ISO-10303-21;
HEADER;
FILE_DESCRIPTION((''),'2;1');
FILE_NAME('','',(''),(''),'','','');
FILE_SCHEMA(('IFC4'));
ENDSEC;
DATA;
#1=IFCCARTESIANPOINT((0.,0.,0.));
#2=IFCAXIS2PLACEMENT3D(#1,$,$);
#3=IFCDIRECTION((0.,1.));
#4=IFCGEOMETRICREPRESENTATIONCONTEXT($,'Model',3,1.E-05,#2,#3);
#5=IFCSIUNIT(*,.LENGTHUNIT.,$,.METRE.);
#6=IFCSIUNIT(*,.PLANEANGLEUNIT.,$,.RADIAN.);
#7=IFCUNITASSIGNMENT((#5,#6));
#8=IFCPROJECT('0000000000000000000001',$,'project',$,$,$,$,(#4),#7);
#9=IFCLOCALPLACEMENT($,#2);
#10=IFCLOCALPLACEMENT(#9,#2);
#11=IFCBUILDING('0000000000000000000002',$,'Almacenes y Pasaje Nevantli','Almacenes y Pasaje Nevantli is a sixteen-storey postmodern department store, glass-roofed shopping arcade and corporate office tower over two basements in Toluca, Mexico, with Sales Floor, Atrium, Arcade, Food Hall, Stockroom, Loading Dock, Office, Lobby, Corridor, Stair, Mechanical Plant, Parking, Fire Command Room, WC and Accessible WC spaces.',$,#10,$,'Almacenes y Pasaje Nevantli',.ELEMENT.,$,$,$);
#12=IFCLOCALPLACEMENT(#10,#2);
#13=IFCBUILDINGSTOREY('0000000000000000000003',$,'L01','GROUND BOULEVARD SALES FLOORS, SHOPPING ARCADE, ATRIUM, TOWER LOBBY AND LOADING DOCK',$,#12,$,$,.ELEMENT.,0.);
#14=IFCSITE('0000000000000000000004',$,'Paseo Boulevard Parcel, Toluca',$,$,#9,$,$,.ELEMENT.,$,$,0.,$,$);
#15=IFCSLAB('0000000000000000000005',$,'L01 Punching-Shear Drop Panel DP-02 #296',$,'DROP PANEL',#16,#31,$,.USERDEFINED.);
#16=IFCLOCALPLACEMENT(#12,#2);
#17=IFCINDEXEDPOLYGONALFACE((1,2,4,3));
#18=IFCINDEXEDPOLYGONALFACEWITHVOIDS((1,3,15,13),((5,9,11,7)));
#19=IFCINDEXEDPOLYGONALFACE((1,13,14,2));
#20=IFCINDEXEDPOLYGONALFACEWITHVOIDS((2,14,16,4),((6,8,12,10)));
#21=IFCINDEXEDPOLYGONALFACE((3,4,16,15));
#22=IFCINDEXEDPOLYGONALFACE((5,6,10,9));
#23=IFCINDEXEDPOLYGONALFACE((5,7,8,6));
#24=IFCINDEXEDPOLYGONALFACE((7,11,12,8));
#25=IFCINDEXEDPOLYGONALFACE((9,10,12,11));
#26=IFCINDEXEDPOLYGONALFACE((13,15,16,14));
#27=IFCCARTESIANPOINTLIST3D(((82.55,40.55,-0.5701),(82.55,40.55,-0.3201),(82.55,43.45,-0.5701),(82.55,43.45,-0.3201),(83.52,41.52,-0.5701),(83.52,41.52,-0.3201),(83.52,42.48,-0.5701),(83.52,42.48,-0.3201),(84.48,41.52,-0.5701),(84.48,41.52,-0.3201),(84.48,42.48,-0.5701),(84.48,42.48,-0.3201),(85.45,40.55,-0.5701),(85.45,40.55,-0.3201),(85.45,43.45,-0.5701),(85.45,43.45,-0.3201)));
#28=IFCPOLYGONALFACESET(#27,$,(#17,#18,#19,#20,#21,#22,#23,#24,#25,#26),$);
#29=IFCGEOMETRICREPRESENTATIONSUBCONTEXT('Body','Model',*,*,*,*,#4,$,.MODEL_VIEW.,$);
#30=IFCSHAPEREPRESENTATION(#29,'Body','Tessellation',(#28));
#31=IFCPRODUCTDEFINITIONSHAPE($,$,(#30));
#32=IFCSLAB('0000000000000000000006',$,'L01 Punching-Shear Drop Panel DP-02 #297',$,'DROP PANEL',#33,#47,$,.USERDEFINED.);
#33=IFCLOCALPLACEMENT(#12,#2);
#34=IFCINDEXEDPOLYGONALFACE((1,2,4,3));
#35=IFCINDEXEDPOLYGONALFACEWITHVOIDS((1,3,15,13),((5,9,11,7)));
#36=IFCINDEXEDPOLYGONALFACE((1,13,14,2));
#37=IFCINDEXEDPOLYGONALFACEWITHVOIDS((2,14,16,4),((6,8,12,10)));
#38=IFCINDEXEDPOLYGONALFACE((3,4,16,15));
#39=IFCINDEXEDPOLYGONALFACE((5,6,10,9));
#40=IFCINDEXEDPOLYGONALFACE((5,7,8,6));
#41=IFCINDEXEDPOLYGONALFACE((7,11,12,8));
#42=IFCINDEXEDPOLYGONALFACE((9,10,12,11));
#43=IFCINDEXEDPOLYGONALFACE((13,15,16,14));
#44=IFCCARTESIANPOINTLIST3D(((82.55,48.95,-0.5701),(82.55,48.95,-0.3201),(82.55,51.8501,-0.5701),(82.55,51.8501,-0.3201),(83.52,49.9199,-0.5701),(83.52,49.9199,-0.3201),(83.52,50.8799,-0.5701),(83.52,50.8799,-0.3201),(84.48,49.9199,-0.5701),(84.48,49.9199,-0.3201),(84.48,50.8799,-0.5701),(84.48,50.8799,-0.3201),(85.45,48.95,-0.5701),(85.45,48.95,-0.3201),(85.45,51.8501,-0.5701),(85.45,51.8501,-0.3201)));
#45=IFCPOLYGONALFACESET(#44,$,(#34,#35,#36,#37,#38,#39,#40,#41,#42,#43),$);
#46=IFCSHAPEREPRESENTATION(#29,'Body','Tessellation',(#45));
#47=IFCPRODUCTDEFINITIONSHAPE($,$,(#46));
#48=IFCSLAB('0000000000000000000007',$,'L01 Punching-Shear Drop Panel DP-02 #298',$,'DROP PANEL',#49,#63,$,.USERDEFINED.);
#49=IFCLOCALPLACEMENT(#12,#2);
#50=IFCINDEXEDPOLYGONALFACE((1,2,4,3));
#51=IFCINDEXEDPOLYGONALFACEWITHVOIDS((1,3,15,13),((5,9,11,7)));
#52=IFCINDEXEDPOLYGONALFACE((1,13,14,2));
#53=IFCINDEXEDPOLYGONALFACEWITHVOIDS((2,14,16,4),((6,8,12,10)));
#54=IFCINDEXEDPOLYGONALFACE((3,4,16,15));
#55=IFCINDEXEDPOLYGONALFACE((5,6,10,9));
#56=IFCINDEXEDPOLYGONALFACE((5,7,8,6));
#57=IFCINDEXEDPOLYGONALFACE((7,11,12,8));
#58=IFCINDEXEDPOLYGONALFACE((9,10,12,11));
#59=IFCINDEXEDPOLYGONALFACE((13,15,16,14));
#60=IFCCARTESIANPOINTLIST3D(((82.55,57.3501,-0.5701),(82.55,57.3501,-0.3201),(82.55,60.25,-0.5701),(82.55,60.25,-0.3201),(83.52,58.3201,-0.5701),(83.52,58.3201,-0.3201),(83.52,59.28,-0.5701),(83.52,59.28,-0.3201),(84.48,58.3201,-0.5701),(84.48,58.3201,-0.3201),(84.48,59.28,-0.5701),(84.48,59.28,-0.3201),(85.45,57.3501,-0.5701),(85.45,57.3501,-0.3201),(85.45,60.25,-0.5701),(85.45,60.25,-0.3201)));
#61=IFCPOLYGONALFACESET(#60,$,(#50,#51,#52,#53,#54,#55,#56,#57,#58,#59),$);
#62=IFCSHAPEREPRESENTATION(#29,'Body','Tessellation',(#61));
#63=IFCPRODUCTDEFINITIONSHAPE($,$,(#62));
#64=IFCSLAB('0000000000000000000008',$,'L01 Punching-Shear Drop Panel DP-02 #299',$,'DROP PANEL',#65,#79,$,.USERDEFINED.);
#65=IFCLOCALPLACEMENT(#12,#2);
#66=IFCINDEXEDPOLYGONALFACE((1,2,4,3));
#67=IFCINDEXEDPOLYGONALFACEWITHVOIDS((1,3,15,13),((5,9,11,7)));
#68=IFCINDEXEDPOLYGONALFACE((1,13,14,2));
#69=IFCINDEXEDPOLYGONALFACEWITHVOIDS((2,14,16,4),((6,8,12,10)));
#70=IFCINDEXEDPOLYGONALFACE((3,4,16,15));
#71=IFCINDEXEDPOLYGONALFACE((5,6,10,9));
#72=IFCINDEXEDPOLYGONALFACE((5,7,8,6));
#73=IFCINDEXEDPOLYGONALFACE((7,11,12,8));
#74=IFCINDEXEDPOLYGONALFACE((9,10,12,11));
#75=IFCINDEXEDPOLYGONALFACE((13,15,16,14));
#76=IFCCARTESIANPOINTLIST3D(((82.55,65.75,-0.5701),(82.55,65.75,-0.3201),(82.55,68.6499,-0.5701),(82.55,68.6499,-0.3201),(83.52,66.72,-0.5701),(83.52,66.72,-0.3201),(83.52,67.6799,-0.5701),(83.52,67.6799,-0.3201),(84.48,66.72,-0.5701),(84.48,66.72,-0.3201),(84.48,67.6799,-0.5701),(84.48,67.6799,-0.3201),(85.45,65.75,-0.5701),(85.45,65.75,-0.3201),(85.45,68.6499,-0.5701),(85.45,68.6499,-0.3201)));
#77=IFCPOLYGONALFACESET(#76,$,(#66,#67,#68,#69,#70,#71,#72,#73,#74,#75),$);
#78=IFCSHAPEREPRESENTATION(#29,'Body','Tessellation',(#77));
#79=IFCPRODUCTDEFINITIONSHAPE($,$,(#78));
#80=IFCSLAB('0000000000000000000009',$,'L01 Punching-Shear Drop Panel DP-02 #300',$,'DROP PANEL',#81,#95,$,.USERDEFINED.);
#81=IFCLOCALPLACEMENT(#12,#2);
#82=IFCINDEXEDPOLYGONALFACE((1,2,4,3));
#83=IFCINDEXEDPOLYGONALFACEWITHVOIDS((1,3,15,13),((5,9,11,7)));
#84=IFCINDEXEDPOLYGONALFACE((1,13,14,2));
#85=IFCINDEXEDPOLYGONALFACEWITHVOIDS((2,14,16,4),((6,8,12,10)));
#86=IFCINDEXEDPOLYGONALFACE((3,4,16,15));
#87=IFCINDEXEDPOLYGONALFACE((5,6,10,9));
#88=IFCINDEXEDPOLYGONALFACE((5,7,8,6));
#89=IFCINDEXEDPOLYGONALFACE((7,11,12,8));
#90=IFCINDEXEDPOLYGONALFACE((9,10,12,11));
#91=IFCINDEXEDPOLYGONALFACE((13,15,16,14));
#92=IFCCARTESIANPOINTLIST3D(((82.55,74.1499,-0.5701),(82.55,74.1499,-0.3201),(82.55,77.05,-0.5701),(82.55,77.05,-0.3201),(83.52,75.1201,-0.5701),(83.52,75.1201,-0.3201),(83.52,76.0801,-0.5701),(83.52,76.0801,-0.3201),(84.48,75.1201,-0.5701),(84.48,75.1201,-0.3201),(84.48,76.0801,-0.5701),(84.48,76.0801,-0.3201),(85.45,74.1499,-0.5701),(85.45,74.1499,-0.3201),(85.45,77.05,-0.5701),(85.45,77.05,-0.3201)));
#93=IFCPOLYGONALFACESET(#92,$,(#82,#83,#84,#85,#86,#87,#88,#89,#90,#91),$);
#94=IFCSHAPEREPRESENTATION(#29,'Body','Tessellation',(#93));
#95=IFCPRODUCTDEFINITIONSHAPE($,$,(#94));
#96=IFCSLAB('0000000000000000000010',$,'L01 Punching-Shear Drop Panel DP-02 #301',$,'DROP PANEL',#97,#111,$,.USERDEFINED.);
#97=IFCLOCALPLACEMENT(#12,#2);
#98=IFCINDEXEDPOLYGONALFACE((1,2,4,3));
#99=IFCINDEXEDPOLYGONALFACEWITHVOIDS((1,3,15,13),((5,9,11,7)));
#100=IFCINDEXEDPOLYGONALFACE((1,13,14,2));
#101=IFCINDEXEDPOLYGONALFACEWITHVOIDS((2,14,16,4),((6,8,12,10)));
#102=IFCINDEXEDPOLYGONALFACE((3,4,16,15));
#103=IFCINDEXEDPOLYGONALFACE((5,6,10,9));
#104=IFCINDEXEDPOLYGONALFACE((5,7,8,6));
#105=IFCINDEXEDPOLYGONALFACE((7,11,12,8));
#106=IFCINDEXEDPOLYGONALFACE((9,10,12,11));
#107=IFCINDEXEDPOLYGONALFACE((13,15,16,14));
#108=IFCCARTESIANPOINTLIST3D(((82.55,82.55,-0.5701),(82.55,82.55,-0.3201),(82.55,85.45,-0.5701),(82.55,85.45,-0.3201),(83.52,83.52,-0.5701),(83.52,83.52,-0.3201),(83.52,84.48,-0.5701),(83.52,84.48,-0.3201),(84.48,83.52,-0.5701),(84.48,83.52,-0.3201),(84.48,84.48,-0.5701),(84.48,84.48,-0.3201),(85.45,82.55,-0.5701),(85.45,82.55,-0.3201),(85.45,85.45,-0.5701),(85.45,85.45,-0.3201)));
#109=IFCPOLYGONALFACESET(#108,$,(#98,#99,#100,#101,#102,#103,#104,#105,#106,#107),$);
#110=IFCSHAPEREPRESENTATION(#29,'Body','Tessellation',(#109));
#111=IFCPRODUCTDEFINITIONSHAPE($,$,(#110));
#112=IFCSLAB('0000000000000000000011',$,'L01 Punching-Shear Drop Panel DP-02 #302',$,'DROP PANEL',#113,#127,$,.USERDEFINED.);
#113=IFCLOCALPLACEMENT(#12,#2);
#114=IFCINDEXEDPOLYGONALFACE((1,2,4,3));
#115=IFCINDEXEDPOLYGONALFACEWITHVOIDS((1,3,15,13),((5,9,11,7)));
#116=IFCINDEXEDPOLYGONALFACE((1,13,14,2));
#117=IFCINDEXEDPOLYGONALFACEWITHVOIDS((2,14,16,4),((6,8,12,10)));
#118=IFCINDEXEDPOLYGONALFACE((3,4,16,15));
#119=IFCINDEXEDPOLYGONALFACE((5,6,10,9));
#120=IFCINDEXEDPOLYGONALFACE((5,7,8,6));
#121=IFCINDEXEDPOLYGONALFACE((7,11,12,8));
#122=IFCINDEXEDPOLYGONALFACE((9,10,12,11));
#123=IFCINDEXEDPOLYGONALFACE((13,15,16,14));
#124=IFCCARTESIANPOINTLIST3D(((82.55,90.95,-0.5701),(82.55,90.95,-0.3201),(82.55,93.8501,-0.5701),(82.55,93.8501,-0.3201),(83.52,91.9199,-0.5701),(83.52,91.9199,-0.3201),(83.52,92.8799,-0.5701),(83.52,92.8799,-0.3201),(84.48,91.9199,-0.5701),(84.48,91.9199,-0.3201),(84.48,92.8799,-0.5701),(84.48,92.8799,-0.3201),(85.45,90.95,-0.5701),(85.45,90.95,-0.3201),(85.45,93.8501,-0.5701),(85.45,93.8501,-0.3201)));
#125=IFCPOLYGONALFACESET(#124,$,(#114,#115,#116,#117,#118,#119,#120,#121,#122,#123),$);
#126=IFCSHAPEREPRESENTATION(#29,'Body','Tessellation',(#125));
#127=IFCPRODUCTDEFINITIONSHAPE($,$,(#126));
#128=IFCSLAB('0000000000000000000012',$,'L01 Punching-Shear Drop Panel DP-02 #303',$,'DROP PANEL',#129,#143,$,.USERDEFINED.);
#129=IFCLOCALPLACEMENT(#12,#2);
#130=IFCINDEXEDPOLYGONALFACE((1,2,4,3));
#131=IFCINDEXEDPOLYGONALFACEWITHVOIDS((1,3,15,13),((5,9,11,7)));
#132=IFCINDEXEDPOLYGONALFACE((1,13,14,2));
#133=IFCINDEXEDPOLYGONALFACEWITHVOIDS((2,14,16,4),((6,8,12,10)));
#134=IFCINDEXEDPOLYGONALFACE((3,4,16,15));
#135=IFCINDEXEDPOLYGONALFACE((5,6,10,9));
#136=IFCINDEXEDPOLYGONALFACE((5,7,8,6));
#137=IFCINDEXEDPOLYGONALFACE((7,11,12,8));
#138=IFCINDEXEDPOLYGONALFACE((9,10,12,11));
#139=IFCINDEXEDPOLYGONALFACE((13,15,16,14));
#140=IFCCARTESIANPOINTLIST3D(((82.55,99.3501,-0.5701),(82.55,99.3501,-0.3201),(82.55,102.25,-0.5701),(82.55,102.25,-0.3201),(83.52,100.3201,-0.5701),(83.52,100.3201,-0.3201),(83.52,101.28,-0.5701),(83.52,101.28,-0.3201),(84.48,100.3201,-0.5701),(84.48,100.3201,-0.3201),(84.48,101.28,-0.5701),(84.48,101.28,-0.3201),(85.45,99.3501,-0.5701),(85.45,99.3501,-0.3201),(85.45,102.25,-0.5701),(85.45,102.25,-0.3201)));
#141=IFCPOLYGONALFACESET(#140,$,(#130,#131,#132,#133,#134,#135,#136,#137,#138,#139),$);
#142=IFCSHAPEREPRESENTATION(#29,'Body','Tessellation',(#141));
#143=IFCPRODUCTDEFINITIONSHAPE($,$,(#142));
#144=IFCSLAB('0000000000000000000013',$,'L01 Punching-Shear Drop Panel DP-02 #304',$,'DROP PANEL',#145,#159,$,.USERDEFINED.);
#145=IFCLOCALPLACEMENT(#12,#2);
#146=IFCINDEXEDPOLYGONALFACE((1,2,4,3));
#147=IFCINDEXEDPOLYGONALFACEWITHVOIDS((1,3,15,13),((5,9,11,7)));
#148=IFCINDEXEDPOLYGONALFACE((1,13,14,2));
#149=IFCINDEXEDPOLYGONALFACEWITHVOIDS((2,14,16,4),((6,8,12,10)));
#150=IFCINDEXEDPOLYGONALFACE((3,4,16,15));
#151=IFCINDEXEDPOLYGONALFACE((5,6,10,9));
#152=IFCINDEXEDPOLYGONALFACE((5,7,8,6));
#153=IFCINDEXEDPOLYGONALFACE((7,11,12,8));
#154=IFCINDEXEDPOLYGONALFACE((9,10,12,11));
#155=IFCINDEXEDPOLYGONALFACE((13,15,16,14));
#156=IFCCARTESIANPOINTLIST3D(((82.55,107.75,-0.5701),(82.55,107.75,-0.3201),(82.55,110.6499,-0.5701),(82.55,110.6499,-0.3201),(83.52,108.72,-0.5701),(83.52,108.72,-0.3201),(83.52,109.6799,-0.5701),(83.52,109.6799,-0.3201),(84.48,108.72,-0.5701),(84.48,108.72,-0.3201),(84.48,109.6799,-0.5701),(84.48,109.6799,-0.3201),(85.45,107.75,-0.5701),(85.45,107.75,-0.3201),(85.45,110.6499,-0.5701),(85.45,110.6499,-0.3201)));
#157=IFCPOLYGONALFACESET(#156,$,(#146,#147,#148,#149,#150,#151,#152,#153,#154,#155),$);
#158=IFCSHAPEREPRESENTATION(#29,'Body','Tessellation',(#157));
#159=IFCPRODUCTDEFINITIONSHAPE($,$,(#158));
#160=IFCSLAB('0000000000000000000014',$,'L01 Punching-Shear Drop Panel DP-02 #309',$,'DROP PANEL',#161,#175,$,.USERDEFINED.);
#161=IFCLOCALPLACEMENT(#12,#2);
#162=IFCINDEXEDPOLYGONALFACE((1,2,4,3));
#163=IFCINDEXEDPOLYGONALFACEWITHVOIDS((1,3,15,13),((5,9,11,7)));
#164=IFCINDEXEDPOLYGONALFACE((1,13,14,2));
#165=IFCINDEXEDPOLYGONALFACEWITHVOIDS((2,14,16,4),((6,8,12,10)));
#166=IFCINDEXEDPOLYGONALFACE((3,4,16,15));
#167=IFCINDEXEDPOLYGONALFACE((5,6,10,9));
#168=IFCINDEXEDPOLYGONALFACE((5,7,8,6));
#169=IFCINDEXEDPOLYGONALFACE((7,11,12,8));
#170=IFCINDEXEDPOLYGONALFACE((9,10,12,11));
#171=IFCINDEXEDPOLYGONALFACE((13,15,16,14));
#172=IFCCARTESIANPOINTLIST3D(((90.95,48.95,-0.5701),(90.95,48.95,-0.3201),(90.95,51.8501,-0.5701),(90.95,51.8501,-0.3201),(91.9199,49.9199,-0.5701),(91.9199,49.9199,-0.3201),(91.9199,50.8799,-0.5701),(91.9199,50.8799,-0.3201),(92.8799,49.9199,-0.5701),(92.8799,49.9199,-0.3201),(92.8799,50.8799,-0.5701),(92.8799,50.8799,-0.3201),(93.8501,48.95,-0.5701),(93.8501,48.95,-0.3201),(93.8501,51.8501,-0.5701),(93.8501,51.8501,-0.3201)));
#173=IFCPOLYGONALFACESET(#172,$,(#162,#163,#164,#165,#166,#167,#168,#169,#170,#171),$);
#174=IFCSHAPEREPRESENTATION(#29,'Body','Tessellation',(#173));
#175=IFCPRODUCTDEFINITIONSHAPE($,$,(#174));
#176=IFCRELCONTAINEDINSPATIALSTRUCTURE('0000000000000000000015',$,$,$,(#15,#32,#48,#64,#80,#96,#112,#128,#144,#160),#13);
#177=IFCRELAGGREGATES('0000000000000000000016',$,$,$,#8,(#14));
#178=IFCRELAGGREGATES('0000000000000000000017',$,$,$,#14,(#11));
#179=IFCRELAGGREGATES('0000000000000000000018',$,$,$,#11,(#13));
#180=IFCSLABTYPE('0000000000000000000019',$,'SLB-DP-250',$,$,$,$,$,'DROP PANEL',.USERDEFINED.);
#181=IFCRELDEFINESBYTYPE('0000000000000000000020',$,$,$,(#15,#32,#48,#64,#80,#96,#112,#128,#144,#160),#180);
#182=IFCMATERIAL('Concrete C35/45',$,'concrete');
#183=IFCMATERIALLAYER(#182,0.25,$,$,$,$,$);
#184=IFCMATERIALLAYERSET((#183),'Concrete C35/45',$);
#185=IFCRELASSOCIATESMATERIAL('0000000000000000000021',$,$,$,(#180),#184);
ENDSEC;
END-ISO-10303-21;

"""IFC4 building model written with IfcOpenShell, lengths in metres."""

from ifc_helpers import new_model, si_unit, direction, frame, origin, place, context, subcontext, project, spatial, polyline, outline, extrude, material, layer, layer_set, type_object, element, save


model = new_model("IFC4")

# Units and contexts
model_context = context("Model", 3, precision=1e-05, world=origin(), true_north=direction((0.0, 1.0)))
body_context = subcontext(model_context, "Body", "Model", "MODEL_VIEW")
ifc_project = project(units=[si_unit("LENGTHUNIT", "METRE"), si_unit("PLANEANGLEUNIT", "RADIAN")], contexts=[model_context])

# Site, building, storey
site_placement = place(None, origin())
site = spatial("IfcSite", under=ifc_project, at=site_placement, Name="Paseo Boulevard Parcel, Toluca", CompositionType="ELEMENT", RefElevation=0.0)
building_placement = place(site_placement, origin())
building = spatial("IfcBuilding", under=site, at=building_placement, Name="Almacenes y Pasaje Nevantli", Description="Almacenes y Pasaje Nevantli is a sixteen-storey postmodern department store, glass-roofed shopping arcade and corporate office tower over two basements in Toluca, Mexico, with Sales Floor, Atrium, Arcade, Food Hall, Stockroom, Loading Dock, Office, Lobby, Corridor, Stair, Mechanical Plant, Parking, Fire Command Room, WC and Accessible WC spaces.", LongName="Almacenes y Pasaje Nevantli", CompositionType="ELEMENT")
storey_placement = place(building_placement, origin())
storey = spatial("IfcBuildingStorey", under=building, at=storey_placement, Name="L01", Description="GROUND BOULEVARD SALES FLOORS, SHOPPING ARCADE, ATRIUM, TOWER LOBBY AND LOADING DOCK", CompositionType="ELEMENT", Elevation=0.0)

# Slabs
ifc_material_1 = material(Name="Concrete C35/45", Category="concrete")
ifc_layer_1 = layer(ifc_material_1, 0.25)
ifc_layer_set_1 = layer_set([ifc_layer_1], Name="Concrete C35/45")
slab_type_1 = type_object("IfcSlabType", Name="SLB-DP-250", ElementType="DROP PANEL", PredefinedType="USERDEFINED", material=ifc_layer_set_1)
slab_1_placement = place(storey_placement, frame((0.0, 0.0, -0.5701)))
element("IfcSlab", 1, at=slab_1_placement, inside=storey, type_object=slab_type_1, Name="L01 Punching-Shear Drop Panel DP-02 #296", ObjectType="DROP PANEL", PredefinedType="USERDEFINED", context=body_context, shape_type="SweptSolid", body=[
    extrude(outline(polyline([(82.55, 40.55), (85.45, 40.55), (85.45, 43.45), (82.55, 43.45), (82.55, 40.55)]), holes=[polyline([(83.52, 41.52), (84.48, 41.52), (84.48, 42.48), (83.52, 42.48), (83.52, 41.52)])]), origin(), (0.0, 0.0, 1.0), 0.25),
])
slab_2_placement = place(storey_placement, frame((0.0, 0.0, -0.5701)))
element("IfcSlab", 2, at=slab_2_placement, inside=storey, type_object=slab_type_1, Name="L01 Punching-Shear Drop Panel DP-02 #297", ObjectType="DROP PANEL", PredefinedType="USERDEFINED", context=body_context, shape_type="SweptSolid", body=[
    extrude(outline(polyline([(82.55, 48.95), (85.45, 48.95), (85.45, 51.8501), (82.55, 51.8501), (82.55, 48.95)]), holes=[polyline([(83.52, 49.9199), (84.48, 49.9199), (84.48, 50.8799), (83.52, 50.8799), (83.52, 49.9199)])]), origin(), (0.0, 0.0, 1.0), 0.25),
])
slab_3_placement = place(storey_placement, frame((0.0, 0.0, -0.5701)))
element("IfcSlab", 3, at=slab_3_placement, inside=storey, type_object=slab_type_1, Name="L01 Punching-Shear Drop Panel DP-02 #298", ObjectType="DROP PANEL", PredefinedType="USERDEFINED", context=body_context, shape_type="SweptSolid", body=[
    extrude(outline(polyline([(82.55, 57.3501), (85.45, 57.3501), (85.45, 60.25), (82.55, 60.25), (82.55, 57.3501)]), holes=[polyline([(83.52, 58.3201), (84.48, 58.3201), (84.48, 59.28), (83.52, 59.28), (83.52, 58.3201)])]), origin(), (0.0, 0.0, 1.0), 0.25),
])
slab_4_placement = place(storey_placement, frame((0.0, 0.0, -0.5701)))
element("IfcSlab", 4, at=slab_4_placement, inside=storey, type_object=slab_type_1, Name="L01 Punching-Shear Drop Panel DP-02 #299", ObjectType="DROP PANEL", PredefinedType="USERDEFINED", context=body_context, shape_type="SweptSolid", body=[
    extrude(outline(polyline([(82.55, 65.75), (85.45, 65.75), (85.45, 68.6499), (82.55, 68.6499), (82.55, 65.75)]), holes=[polyline([(83.52, 66.72), (84.48, 66.72), (84.48, 67.6799), (83.52, 67.6799), (83.52, 66.72)])]), origin(), (0.0, 0.0, 1.0), 0.25),
])
slab_5_placement = place(storey_placement, frame((0.0, 0.0, -0.5701)))
element("IfcSlab", 5, at=slab_5_placement, inside=storey, type_object=slab_type_1, Name="L01 Punching-Shear Drop Panel DP-02 #300", ObjectType="DROP PANEL", PredefinedType="USERDEFINED", context=body_context, shape_type="SweptSolid", body=[
    extrude(outline(polyline([(82.55, 74.1499), (85.45, 74.1499), (85.45, 77.05), (82.55, 77.05), (82.55, 74.1499)]), holes=[polyline([(83.52, 75.1201), (84.48, 75.1201), (84.48, 76.0801), (83.52, 76.0801), (83.52, 75.1201)])]), origin(), (0.0, 0.0, 1.0), 0.25),
])
slab_6_placement = place(storey_placement, frame((0.0, 0.0, -0.5701)))
element("IfcSlab", 6, at=slab_6_placement, inside=storey, type_object=slab_type_1, Name="L01 Punching-Shear Drop Panel DP-02 #301", ObjectType="DROP PANEL", PredefinedType="USERDEFINED", context=body_context, shape_type="SweptSolid", body=[
    extrude(outline(polyline([(82.55, 82.55), (85.45, 82.55), (85.45, 85.45), (82.55, 85.45), (82.55, 82.55)]), holes=[polyline([(83.52, 83.52), (84.48, 83.52), (84.48, 84.48), (83.52, 84.48), (83.52, 83.52)])]), origin(), (0.0, 0.0, 1.0), 0.25),
])
slab_7_placement = place(storey_placement, frame((0.0, 0.0, -0.5701)))
element("IfcSlab", 7, at=slab_7_placement, inside=storey, type_object=slab_type_1, Name="L01 Punching-Shear Drop Panel DP-02 #302", ObjectType="DROP PANEL", PredefinedType="USERDEFINED", context=body_context, shape_type="SweptSolid", body=[
    extrude(outline(polyline([(82.55, 90.95), (85.45, 90.95), (85.45, 93.8501), (82.55, 93.8501), (82.55, 90.95)]), holes=[polyline([(83.52, 91.9199), (84.48, 91.9199), (84.48, 92.8799), (83.52, 92.8799), (83.52, 91.9199)])]), origin(), (0.0, 0.0, 1.0), 0.25),
])
slab_8_placement = place(storey_placement, frame((0.0, 0.0, -0.5701)))
element("IfcSlab", 8, at=slab_8_placement, inside=storey, type_object=slab_type_1, Name="L01 Punching-Shear Drop Panel DP-02 #303", ObjectType="DROP PANEL", PredefinedType="USERDEFINED", context=body_context, shape_type="SweptSolid", body=[
    extrude(outline(polyline([(82.55, 99.3501), (85.45, 99.3501), (85.45, 102.25), (82.55, 102.25), (82.55, 99.3501)]), holes=[polyline([(83.52, 100.3201), (84.48, 100.3201), (84.48, 101.28), (83.52, 101.28), (83.52, 100.3201)])]), origin(), (0.0, 0.0, 1.0), 0.25),
])
slab_9_placement = place(storey_placement, frame((0.0, 0.0, -0.5701)))
element("IfcSlab", 9, at=slab_9_placement, inside=storey, type_object=slab_type_1, Name="L01 Punching-Shear Drop Panel DP-02 #304", ObjectType="DROP PANEL", PredefinedType="USERDEFINED", context=body_context, shape_type="SweptSolid", body=[
    extrude(outline(polyline([(82.55, 107.75), (85.45, 107.75), (85.45, 110.6499), (82.55, 110.6499), (82.55, 107.75)]), holes=[polyline([(83.52, 108.72), (84.48, 108.72), (84.48, 109.6799), (83.52, 109.6799), (83.52, 108.72)])]), origin(), (0.0, 0.0, 1.0), 0.25),
])
slab_10_placement = place(storey_placement, frame((0.0, 0.0, -0.5701)))
element("IfcSlab", 10, at=slab_10_placement, inside=storey, type_object=slab_type_1, Name="L01 Punching-Shear Drop Panel DP-02 #309", ObjectType="DROP PANEL", PredefinedType="USERDEFINED", context=body_context, shape_type="SweptSolid", body=[
    extrude(outline(polyline([(90.95, 48.95), (93.8501, 48.95), (93.8501, 51.8501), (90.95, 51.8501), (90.95, 48.95)]), holes=[polyline([(91.9199, 49.9199), (92.8799, 49.9199), (92.8799, 50.8799), (91.9199, 50.8799), (91.9199, 49.9199)])]), origin(), (0.0, 0.0, 1.0), 0.25),
])

save(model, "model.ifc")
